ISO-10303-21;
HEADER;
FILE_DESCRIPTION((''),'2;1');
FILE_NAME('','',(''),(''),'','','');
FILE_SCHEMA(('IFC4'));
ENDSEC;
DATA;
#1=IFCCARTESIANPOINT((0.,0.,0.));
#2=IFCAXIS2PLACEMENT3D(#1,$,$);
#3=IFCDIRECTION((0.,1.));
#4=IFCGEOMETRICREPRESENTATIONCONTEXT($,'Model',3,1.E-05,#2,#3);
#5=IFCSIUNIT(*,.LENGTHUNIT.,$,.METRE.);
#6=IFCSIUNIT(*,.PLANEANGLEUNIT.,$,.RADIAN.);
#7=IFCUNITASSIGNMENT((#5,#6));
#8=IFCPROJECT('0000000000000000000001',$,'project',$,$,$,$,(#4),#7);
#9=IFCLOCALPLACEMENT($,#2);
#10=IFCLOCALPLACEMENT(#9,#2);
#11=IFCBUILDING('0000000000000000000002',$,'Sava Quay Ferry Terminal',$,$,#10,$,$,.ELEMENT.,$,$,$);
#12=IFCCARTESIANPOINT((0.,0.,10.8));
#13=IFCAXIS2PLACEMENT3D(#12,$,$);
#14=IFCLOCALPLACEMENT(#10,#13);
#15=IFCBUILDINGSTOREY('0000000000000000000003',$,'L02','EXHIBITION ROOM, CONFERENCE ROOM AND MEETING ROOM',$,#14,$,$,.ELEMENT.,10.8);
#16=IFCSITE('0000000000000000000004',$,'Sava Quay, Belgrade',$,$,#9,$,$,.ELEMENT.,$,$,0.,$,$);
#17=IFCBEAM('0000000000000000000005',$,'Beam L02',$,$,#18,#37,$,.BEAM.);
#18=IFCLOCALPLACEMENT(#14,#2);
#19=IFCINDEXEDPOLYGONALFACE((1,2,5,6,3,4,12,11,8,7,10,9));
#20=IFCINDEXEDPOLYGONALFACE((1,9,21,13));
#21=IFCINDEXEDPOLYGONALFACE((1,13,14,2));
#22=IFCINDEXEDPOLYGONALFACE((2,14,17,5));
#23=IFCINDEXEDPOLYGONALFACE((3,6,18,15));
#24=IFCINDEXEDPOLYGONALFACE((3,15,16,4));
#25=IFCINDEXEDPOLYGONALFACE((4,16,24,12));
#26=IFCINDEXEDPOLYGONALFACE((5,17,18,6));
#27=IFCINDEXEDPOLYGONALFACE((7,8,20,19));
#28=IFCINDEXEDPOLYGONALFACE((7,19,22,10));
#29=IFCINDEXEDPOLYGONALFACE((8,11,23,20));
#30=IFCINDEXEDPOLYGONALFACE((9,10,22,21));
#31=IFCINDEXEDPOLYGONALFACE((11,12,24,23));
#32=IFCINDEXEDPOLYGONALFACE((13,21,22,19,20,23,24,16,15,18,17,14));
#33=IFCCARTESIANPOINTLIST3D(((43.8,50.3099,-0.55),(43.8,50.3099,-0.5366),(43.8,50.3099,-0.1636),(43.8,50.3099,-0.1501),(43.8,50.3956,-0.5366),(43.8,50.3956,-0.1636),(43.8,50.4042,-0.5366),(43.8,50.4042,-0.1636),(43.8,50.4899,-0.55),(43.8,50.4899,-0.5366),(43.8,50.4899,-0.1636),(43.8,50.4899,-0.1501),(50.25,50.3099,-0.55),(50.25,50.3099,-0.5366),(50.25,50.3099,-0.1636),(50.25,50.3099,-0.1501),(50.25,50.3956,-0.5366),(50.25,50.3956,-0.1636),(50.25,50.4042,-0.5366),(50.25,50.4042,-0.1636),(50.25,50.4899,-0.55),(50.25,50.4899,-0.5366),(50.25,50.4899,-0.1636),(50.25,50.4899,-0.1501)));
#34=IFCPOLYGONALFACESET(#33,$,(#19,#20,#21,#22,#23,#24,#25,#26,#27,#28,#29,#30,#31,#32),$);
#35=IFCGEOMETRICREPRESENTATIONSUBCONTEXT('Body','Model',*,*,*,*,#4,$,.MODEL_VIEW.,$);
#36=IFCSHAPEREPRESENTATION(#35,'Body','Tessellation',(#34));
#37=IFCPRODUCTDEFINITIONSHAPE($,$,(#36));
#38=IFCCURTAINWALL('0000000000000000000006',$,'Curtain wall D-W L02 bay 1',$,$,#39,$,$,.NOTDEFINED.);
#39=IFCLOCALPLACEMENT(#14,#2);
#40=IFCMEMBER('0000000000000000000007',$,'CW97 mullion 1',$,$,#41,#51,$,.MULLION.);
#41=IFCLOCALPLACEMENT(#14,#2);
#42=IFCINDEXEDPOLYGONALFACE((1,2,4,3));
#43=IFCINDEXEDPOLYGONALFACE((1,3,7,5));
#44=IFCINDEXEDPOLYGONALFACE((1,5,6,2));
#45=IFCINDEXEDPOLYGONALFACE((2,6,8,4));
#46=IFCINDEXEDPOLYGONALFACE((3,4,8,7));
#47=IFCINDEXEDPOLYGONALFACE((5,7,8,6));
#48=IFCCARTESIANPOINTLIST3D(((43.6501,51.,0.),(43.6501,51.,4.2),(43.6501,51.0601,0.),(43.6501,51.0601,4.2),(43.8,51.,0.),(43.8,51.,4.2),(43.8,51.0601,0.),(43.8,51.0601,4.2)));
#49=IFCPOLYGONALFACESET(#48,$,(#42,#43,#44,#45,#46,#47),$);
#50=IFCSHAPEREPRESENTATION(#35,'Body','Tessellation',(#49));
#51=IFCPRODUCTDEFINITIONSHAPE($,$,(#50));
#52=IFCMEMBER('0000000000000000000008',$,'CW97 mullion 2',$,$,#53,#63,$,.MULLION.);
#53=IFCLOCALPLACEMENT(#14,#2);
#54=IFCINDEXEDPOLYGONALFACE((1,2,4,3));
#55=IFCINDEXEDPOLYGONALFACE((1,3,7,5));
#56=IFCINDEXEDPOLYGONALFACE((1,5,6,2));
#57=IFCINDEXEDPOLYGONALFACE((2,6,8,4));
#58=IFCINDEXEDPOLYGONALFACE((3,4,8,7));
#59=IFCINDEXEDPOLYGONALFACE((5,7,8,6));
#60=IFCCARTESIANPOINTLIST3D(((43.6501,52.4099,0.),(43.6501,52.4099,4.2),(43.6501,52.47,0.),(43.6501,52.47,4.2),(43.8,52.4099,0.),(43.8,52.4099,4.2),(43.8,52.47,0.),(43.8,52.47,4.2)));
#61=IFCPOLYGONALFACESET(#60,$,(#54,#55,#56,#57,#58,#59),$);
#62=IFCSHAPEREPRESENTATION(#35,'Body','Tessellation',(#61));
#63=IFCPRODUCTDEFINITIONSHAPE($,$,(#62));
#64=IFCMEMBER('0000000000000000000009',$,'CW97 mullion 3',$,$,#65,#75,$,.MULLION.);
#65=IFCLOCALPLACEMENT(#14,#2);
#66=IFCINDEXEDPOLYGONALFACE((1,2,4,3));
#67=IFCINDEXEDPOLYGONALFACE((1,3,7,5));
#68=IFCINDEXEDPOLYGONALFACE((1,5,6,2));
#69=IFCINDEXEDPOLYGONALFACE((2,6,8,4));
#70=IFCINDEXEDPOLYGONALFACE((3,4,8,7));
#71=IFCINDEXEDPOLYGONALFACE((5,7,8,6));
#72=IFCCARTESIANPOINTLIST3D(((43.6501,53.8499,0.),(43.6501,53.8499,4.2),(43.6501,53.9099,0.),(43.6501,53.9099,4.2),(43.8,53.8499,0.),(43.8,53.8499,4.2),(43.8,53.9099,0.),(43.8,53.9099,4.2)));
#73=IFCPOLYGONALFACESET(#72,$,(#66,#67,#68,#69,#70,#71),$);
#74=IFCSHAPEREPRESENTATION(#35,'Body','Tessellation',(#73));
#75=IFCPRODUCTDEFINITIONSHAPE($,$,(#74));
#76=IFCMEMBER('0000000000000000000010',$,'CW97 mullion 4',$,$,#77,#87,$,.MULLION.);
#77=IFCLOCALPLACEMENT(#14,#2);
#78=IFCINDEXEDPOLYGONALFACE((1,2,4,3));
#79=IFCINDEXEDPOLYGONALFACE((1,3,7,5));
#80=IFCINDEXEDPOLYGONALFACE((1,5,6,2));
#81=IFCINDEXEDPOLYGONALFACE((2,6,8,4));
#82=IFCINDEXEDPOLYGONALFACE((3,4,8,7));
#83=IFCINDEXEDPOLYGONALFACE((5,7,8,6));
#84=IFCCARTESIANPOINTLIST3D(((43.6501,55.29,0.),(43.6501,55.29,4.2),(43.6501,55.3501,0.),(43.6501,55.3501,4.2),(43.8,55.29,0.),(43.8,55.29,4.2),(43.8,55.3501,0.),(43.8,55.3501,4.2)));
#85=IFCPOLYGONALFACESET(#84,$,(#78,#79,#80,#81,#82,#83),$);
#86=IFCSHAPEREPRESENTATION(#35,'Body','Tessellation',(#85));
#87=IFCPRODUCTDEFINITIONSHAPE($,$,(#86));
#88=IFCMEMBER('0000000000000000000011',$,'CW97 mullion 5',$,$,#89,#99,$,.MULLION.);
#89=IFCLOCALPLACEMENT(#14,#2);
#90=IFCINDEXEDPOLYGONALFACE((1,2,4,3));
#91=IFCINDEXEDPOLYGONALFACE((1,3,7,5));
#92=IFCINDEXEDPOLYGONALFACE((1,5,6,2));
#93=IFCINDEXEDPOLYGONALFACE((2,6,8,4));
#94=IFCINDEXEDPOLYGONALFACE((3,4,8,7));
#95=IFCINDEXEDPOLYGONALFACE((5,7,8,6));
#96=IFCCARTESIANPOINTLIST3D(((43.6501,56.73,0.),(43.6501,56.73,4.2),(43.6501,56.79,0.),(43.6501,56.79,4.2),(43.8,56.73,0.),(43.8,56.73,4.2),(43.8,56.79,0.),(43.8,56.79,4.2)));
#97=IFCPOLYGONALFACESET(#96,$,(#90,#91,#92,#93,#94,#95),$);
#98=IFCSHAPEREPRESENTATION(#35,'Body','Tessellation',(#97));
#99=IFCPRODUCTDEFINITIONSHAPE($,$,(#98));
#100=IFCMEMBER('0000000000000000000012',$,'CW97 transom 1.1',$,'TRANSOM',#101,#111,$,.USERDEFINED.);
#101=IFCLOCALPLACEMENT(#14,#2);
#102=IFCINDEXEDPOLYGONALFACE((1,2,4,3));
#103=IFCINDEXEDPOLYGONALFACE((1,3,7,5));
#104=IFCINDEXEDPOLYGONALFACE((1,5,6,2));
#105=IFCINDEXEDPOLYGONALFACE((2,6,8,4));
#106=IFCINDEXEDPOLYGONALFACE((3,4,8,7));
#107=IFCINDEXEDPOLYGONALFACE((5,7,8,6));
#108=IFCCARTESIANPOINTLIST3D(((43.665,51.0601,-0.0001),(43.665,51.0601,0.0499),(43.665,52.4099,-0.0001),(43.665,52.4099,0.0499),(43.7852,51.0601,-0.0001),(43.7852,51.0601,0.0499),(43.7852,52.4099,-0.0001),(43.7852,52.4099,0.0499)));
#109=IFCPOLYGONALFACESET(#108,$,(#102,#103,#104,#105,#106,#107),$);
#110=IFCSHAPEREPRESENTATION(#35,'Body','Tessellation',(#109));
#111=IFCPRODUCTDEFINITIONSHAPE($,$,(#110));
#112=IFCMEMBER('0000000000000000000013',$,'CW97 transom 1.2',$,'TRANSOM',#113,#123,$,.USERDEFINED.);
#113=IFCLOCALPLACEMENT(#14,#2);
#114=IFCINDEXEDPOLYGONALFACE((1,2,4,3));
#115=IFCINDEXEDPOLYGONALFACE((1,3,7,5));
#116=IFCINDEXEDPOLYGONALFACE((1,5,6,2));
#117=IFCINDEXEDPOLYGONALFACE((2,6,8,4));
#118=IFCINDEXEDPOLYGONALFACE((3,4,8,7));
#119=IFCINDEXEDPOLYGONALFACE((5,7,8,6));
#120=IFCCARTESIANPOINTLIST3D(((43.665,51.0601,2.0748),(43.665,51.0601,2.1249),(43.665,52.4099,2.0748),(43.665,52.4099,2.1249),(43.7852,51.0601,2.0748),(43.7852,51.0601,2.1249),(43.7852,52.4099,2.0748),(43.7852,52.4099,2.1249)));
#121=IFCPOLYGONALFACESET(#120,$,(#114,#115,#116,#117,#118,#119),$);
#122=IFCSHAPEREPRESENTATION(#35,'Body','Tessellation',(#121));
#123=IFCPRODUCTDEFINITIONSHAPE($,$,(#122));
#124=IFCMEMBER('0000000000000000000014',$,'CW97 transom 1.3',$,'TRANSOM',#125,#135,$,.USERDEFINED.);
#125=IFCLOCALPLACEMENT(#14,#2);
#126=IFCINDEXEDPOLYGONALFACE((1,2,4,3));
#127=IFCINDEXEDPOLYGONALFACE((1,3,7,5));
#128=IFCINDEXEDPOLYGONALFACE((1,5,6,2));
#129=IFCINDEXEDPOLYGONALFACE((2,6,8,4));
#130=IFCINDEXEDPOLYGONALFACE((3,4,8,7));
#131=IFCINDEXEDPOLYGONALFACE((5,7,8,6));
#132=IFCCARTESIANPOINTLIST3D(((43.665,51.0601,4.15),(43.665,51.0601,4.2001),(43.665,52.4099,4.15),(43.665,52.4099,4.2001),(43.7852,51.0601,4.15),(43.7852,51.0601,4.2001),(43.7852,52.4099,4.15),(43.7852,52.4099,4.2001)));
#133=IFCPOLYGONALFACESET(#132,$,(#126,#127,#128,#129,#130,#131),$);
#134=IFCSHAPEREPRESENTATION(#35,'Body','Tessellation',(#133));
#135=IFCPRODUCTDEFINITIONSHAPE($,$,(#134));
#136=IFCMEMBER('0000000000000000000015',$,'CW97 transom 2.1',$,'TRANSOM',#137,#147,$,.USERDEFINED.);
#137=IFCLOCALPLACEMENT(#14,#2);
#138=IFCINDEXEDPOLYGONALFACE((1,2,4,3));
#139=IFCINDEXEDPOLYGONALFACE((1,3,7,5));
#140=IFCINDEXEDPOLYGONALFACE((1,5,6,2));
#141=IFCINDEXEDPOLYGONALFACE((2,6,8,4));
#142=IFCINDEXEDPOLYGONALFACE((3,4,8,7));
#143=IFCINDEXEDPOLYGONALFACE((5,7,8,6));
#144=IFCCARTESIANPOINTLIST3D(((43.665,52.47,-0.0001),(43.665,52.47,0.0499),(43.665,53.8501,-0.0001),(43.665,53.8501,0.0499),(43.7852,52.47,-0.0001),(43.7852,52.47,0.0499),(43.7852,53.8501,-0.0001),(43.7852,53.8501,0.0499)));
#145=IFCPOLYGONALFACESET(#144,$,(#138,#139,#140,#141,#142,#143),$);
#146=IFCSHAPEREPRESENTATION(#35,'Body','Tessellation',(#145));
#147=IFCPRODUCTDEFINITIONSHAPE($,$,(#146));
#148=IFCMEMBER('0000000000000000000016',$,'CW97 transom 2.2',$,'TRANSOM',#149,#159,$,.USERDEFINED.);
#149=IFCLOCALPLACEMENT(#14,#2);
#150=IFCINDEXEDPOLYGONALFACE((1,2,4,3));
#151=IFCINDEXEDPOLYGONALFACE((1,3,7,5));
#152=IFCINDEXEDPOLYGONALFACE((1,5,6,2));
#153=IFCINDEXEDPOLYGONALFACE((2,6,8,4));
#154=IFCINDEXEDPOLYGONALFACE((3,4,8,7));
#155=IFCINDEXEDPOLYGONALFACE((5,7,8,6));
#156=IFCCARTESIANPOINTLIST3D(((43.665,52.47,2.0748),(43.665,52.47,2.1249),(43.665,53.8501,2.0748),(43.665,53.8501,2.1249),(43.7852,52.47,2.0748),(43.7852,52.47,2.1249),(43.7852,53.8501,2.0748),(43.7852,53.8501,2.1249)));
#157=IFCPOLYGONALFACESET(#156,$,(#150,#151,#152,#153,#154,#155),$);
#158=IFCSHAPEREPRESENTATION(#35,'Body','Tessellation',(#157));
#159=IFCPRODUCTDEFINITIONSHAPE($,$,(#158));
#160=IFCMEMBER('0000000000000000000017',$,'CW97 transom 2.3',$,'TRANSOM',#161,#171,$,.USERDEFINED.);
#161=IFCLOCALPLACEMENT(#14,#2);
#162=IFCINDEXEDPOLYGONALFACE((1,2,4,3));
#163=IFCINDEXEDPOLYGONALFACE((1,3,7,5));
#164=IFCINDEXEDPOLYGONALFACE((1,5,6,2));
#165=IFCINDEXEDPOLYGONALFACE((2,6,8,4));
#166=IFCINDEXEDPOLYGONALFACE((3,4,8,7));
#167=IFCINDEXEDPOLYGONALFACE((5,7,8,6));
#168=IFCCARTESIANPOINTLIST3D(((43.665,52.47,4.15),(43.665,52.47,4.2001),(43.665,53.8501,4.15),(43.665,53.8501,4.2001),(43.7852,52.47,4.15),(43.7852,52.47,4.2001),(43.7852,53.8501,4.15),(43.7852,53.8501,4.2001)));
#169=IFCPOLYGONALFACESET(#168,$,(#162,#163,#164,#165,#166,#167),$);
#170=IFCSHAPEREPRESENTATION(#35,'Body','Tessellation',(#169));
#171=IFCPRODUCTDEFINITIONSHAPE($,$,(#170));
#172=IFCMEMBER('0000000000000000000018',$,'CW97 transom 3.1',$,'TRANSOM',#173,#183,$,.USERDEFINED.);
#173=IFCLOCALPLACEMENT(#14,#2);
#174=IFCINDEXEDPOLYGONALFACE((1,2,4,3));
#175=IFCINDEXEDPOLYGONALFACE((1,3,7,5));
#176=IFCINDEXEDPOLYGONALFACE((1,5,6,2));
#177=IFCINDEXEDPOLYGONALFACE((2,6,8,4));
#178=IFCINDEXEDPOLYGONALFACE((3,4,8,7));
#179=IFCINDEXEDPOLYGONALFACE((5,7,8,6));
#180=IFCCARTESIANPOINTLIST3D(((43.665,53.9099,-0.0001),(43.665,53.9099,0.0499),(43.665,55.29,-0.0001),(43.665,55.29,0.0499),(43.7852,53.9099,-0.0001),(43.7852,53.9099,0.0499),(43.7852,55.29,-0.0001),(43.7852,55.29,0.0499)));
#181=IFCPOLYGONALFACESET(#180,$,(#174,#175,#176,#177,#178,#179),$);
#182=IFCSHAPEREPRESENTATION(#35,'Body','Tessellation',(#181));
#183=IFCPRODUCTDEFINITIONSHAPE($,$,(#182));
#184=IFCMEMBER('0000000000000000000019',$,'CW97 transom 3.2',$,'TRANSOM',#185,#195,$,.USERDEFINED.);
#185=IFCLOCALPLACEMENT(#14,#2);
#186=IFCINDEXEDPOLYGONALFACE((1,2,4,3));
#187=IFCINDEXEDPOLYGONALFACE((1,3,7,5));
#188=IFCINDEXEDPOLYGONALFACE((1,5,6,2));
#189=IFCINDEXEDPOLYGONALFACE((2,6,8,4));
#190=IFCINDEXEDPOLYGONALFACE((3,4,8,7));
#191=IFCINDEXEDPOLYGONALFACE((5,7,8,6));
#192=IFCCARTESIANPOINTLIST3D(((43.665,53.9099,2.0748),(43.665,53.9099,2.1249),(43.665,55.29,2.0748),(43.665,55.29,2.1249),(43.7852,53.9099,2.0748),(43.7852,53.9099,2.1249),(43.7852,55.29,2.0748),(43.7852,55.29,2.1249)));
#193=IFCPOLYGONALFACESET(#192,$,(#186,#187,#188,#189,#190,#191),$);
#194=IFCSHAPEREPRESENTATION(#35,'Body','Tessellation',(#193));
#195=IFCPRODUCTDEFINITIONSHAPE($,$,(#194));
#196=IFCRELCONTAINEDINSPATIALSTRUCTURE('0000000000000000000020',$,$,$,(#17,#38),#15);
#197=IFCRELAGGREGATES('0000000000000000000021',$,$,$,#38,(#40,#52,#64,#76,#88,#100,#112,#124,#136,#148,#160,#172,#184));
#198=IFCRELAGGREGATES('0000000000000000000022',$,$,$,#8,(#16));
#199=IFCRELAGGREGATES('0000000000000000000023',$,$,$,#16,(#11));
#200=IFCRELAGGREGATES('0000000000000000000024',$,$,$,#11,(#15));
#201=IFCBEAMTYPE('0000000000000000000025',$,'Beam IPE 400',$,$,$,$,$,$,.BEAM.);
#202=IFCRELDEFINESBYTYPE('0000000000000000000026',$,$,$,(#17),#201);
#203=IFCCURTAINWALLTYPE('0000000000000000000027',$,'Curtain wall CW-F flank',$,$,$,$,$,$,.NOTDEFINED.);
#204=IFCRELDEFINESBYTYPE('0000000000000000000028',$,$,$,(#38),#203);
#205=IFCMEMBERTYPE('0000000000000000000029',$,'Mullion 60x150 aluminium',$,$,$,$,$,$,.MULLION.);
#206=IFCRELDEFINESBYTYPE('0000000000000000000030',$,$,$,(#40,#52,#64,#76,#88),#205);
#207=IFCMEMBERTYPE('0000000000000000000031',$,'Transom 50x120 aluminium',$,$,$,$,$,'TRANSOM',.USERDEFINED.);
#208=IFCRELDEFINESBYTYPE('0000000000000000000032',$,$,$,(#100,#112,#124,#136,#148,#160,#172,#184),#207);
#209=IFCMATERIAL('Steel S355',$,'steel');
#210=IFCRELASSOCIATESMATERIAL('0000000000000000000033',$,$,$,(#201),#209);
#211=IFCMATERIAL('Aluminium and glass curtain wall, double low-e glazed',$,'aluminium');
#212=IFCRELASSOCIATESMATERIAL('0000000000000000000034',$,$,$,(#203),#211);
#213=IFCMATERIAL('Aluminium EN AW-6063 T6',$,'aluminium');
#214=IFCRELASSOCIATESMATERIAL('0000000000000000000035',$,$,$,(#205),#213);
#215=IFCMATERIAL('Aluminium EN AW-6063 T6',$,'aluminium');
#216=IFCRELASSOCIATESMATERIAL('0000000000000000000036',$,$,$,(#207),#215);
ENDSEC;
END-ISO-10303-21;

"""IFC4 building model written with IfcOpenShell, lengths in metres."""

from ifc_helpers import new_model, si_unit, direction, frame, origin, origin_2d, place, context, subcontext, project, spatial, rectangle, i_section, extrude, material, material_profile, profile_set, type_object, element, aggregate, save


model = new_model("IFC4")

# Units and contexts
model_context = context("Model", 3, precision=1e-05, world=origin(), true_north=direction((0.0, 1.0)))
body_context = subcontext(model_context, "Body", "Model", "MODEL_VIEW")
ifc_project = project(units=[si_unit("LENGTHUNIT", "METRE"), si_unit("PLANEANGLEUNIT", "RADIAN")], contexts=[model_context])

# Site, building, storey
site_placement = place(None, origin())
site = spatial("IfcSite", under=ifc_project, at=site_placement, Name="Sava Quay, Belgrade", CompositionType="ELEMENT", RefElevation=0.0)
building_placement = place(site_placement, origin())
building = spatial("IfcBuilding", under=site, at=building_placement, Name="Sava Quay Ferry Terminal", CompositionType="ELEMENT")
storey_placement = place(building_placement, frame((0.0, 0.0, 10.8)))
storey = spatial("IfcBuildingStorey", under=building, at=storey_placement, Name="L02", Description="EXHIBITION ROOM, CONFERENCE ROOM AND MEETING ROOM", CompositionType="ELEMENT", Elevation=10.8)

# Beam
ifc_material_1 = material(Name="Steel S355", Category="steel")
ifc_material_profile_1 = material_profile(ifc_material_1, i_section(OverallWidth=0.1799, OverallDepth=0.3999, WebThickness=0.0085, FlangeThickness=0.0134, at=origin_2d()), Name="IPE 400")
ifc_profile_set_1 = profile_set([ifc_material_profile_1], Name="Steel S355")
beam_type = type_object("IfcBeamType", Name="Beam IPE 400", PredefinedType="BEAM", material=ifc_profile_set_1)
beam_placement = place(storey_placement, frame((43.8, 50.3999, -0.3501), z_axis=(1.0, 0.0, 0.0), x_axis=(0.0, 1.0, 0.0)))
element("IfcBeam", 1, at=beam_placement, inside=storey, type_object=beam_type, Name="Beam L02", PredefinedType="BEAM", context=body_context, shape_type="SweptSolid", body=[
    extrude(i_section(OverallWidth=0.1799, OverallDepth=0.3999, WebThickness=0.0085, FlangeThickness=0.0134, at=origin_2d()), origin(), (0.0, 0.0, 1.0), 6.45),
])

# Curtain wall, members
ifc_material_2 = material(Name="Aluminium and glass curtain wall, double low-e glazed", Category="aluminium")
curtain_wall_type = type_object("IfcCurtainWallType", Name="Curtain wall CW-F flank", PredefinedType="NOTDEFINED", material=ifc_material_2)
curtain_wall_placement = place(storey_placement, origin())
curtain_wall = element("IfcCurtainWall", 2, at=curtain_wall_placement, inside=storey, type_object=curtain_wall_type, Name="Curtain wall D-W L02 bay 1", PredefinedType="NOTDEFINED")
ifc_material_3 = material(Name="Aluminium EN AW-6063 T6", Category="aluminium")
ifc_material_profile_2 = material_profile(ifc_material_3, rectangle(XDim=0.1499, YDim=0.0601, at=origin_2d()), Name="Mullion 60x150 aluminium")
ifc_profile_set_2 = profile_set([ifc_material_profile_2], Name="Aluminium EN AW-6063 T6")
member_type_1 = type_object("IfcMemberType", Name="Mullion 60x150 aluminium", PredefinedType="MULLION", material=ifc_profile_set_2)
member_1_placement = place(storey_placement, frame((43.7251, 51.03, 0.0), z_axis=(0.0, 0.0, 1.0), x_axis=(-1.0, 0.0, 0.0)))
member_1 = element("IfcMember", 3, at=member_1_placement, type_object=member_type_1, Name="CW97 mullion 1", PredefinedType="MULLION", context=body_context, shape_type="SweptSolid", body=[
    extrude(rectangle(XDim=0.1499, YDim=0.0601, at=origin_2d()), origin(), (0.0, 0.0, 1.0), 4.2),
])
member_2_placement = place(storey_placement, frame((43.7251, 52.4399, 0.0), z_axis=(0.0, 0.0, 1.0), x_axis=(-1.0, 0.0, 0.0)))
member_2 = element("IfcMember", 4, at=member_2_placement, type_object=member_type_1, Name="CW97 mullion 2", PredefinedType="MULLION", context=body_context, shape_type="SweptSolid", body=[
    extrude(rectangle(XDim=0.1499, YDim=0.0601, at=origin_2d()), origin(), (0.0, 0.0, 1.0), 4.2),
])
member_3_placement = place(storey_placement, frame((43.7251, 53.8799, 0.0), z_axis=(0.0, 0.0, 1.0), x_axis=(-1.0, 0.0, 0.0)))
member_3 = element("IfcMember", 5, at=member_3_placement, type_object=member_type_1, Name="CW97 mullion 3", PredefinedType="MULLION", context=body_context, shape_type="SweptSolid", body=[
    extrude(rectangle(XDim=0.1499, YDim=0.0601, at=origin_2d()), origin(), (0.0, 0.0, 1.0), 4.2),
])
member_4_placement = place(storey_placement, frame((43.7251, 55.3201, 0.0), z_axis=(0.0, 0.0, 1.0), x_axis=(-1.0, 0.0, 0.0)))
member_4 = element("IfcMember", 6, at=member_4_placement, type_object=member_type_1, Name="CW97 mullion 4", PredefinedType="MULLION", context=body_context, shape_type="SweptSolid", body=[
    extrude(rectangle(XDim=0.1499, YDim=0.0601, at=origin_2d()), origin(), (0.0, 0.0, 1.0), 4.2),
])
member_5_placement = place(storey_placement, frame((43.7251, 56.76, 0.0), z_axis=(0.0, 0.0, 1.0), x_axis=(-1.0, 0.0, 0.0)))
member_5 = element("IfcMember", 7, at=member_5_placement, type_object=member_type_1, Name="CW97 mullion 5", PredefinedType="MULLION", context=body_context, shape_type="SweptSolid", body=[
    extrude(rectangle(XDim=0.1499, YDim=0.0601, at=origin_2d()), origin(), (0.0, 0.0, 1.0), 4.2),
])
ifc_material_4 = material(Name="Aluminium EN AW-6063 T6", Category="aluminium")
ifc_material_profile_3 = material_profile(ifc_material_4, rectangle(XDim=0.1201, YDim=0.05, at=origin_2d()), Name="Transom 50x120 aluminium")
ifc_profile_set_3 = profile_set([ifc_material_profile_3], Name="Aluminium EN AW-6063 T6")
member_type_2 = type_object("IfcMemberType", Name="Transom 50x120 aluminium", ElementType="TRANSOM", PredefinedType="USERDEFINED", material=ifc_profile_set_3)
member_6_placement = place(storey_placement, frame((43.7251, 51.0601, 0.0249), z_axis=(0.0, 1.0, 0.0), x_axis=(-1.0, 0.0, 0.0)))
member_6 = element("IfcMember", 8, at=member_6_placement, type_object=member_type_2, Name="CW97 transom 1.1", ObjectType="TRANSOM", PredefinedType="USERDEFINED", context=body_context, shape_type="SweptSolid", body=[
    extrude(rectangle(XDim=0.1201, YDim=0.05, at=origin_2d()), origin(), (0.0, 0.0, 1.0), 1.3499),
])
member_7_placement = place(storey_placement, frame((43.7251, 51.0601, 2.0999), z_axis=(0.0, 1.0, 0.0), x_axis=(-1.0, 0.0, 0.0)))
member_7 = element("IfcMember", 9, at=member_7_placement, type_object=member_type_2, Name="CW97 transom 1.2", ObjectType="TRANSOM", PredefinedType="USERDEFINED", context=body_context, shape_type="SweptSolid", body=[
    extrude(rectangle(XDim=0.1201, YDim=0.05, at=origin_2d()), origin(), (0.0, 0.0, 1.0), 1.3499),
])
member_8_placement = place(storey_placement, frame((43.7251, 51.0601, 4.175), z_axis=(0.0, 1.0, 0.0), x_axis=(-1.0, 0.0, 0.0)))
member_8 = element("IfcMember", 10, at=member_8_placement, type_object=member_type_2, Name="CW97 transom 1.3", ObjectType="TRANSOM", PredefinedType="USERDEFINED", context=body_context, shape_type="SweptSolid", body=[
    extrude(rectangle(XDim=0.1201, YDim=0.05, at=origin_2d()), origin(), (0.0, 0.0, 1.0), 1.3499),
])
member_9_placement = place(storey_placement, frame((43.7251, 52.47, 0.0249), z_axis=(0.0, 1.0, 0.0), x_axis=(-1.0, 0.0, 0.0)))
member_9 = element("IfcMember", 11, at=member_9_placement, type_object=member_type_2, Name="CW97 transom 2.1", ObjectType="TRANSOM", PredefinedType="USERDEFINED", context=body_context, shape_type="SweptSolid", body=[
    extrude(rectangle(XDim=0.1201, YDim=0.05, at=origin_2d()), origin(), (0.0, 0.0, 1.0), 1.3801),
])
member_10_placement = place(storey_placement, frame((43.7251, 52.47, 2.0999), z_axis=(0.0, 1.0, 0.0), x_axis=(-1.0, 0.0, 0.0)))
member_10 = element("IfcMember", 12, at=member_10_placement, type_object=member_type_2, Name="CW97 transom 2.2", ObjectType="TRANSOM", PredefinedType="USERDEFINED", context=body_context, shape_type="SweptSolid", body=[
    extrude(rectangle(XDim=0.1201, YDim=0.05, at=origin_2d()), origin(), (0.0, 0.0, 1.0), 1.3801),
])
member_11_placement = place(storey_placement, frame((43.7251, 52.47, 4.175), z_axis=(0.0, 1.0, 0.0), x_axis=(-1.0, 0.0, 0.0)))
member_11 = element("IfcMember", 13, at=member_11_placement, type_object=member_type_2, Name="CW97 transom 2.3", ObjectType="TRANSOM", PredefinedType="USERDEFINED", context=body_context, shape_type="SweptSolid", body=[
    extrude(rectangle(XDim=0.1201, YDim=0.05, at=origin_2d()), origin(), (0.0, 0.0, 1.0), 1.3801),
])
member_12_placement = place(storey_placement, frame((43.7251, 53.9099, 0.0249), z_axis=(0.0, 1.0, 0.0), x_axis=(-1.0, 0.0, 0.0)))
member_12 = element("IfcMember", 14, at=member_12_placement, type_object=member_type_2, Name="CW97 transom 3.1", ObjectType="TRANSOM", PredefinedType="USERDEFINED", context=body_context, shape_type="SweptSolid", body=[
    extrude(rectangle(XDim=0.1201, YDim=0.05, at=origin_2d()), origin(), (0.0, 0.0, 1.0), 1.3801),
])
member_13_placement = place(storey_placement, frame((43.7251, 53.9099, 2.0999), z_axis=(0.0, 1.0, 0.0), x_axis=(-1.0, 0.0, 0.0)))
member_13 = element("IfcMember", 15, at=member_13_placement, type_object=member_type_2, Name="CW97 transom 3.2", ObjectType="TRANSOM", PredefinedType="USERDEFINED", context=body_context, shape_type="SweptSolid", body=[
    extrude(rectangle(XDim=0.1201, YDim=0.05, at=origin_2d()), origin(), (0.0, 0.0, 1.0), 1.3801),
])
aggregate(curtain_wall, [member_1, member_2, member_3, member_4, member_5, member_6, member_7, member_8, member_9, member_10, member_11, member_12, member_13])

save(model, "model.ifc")
